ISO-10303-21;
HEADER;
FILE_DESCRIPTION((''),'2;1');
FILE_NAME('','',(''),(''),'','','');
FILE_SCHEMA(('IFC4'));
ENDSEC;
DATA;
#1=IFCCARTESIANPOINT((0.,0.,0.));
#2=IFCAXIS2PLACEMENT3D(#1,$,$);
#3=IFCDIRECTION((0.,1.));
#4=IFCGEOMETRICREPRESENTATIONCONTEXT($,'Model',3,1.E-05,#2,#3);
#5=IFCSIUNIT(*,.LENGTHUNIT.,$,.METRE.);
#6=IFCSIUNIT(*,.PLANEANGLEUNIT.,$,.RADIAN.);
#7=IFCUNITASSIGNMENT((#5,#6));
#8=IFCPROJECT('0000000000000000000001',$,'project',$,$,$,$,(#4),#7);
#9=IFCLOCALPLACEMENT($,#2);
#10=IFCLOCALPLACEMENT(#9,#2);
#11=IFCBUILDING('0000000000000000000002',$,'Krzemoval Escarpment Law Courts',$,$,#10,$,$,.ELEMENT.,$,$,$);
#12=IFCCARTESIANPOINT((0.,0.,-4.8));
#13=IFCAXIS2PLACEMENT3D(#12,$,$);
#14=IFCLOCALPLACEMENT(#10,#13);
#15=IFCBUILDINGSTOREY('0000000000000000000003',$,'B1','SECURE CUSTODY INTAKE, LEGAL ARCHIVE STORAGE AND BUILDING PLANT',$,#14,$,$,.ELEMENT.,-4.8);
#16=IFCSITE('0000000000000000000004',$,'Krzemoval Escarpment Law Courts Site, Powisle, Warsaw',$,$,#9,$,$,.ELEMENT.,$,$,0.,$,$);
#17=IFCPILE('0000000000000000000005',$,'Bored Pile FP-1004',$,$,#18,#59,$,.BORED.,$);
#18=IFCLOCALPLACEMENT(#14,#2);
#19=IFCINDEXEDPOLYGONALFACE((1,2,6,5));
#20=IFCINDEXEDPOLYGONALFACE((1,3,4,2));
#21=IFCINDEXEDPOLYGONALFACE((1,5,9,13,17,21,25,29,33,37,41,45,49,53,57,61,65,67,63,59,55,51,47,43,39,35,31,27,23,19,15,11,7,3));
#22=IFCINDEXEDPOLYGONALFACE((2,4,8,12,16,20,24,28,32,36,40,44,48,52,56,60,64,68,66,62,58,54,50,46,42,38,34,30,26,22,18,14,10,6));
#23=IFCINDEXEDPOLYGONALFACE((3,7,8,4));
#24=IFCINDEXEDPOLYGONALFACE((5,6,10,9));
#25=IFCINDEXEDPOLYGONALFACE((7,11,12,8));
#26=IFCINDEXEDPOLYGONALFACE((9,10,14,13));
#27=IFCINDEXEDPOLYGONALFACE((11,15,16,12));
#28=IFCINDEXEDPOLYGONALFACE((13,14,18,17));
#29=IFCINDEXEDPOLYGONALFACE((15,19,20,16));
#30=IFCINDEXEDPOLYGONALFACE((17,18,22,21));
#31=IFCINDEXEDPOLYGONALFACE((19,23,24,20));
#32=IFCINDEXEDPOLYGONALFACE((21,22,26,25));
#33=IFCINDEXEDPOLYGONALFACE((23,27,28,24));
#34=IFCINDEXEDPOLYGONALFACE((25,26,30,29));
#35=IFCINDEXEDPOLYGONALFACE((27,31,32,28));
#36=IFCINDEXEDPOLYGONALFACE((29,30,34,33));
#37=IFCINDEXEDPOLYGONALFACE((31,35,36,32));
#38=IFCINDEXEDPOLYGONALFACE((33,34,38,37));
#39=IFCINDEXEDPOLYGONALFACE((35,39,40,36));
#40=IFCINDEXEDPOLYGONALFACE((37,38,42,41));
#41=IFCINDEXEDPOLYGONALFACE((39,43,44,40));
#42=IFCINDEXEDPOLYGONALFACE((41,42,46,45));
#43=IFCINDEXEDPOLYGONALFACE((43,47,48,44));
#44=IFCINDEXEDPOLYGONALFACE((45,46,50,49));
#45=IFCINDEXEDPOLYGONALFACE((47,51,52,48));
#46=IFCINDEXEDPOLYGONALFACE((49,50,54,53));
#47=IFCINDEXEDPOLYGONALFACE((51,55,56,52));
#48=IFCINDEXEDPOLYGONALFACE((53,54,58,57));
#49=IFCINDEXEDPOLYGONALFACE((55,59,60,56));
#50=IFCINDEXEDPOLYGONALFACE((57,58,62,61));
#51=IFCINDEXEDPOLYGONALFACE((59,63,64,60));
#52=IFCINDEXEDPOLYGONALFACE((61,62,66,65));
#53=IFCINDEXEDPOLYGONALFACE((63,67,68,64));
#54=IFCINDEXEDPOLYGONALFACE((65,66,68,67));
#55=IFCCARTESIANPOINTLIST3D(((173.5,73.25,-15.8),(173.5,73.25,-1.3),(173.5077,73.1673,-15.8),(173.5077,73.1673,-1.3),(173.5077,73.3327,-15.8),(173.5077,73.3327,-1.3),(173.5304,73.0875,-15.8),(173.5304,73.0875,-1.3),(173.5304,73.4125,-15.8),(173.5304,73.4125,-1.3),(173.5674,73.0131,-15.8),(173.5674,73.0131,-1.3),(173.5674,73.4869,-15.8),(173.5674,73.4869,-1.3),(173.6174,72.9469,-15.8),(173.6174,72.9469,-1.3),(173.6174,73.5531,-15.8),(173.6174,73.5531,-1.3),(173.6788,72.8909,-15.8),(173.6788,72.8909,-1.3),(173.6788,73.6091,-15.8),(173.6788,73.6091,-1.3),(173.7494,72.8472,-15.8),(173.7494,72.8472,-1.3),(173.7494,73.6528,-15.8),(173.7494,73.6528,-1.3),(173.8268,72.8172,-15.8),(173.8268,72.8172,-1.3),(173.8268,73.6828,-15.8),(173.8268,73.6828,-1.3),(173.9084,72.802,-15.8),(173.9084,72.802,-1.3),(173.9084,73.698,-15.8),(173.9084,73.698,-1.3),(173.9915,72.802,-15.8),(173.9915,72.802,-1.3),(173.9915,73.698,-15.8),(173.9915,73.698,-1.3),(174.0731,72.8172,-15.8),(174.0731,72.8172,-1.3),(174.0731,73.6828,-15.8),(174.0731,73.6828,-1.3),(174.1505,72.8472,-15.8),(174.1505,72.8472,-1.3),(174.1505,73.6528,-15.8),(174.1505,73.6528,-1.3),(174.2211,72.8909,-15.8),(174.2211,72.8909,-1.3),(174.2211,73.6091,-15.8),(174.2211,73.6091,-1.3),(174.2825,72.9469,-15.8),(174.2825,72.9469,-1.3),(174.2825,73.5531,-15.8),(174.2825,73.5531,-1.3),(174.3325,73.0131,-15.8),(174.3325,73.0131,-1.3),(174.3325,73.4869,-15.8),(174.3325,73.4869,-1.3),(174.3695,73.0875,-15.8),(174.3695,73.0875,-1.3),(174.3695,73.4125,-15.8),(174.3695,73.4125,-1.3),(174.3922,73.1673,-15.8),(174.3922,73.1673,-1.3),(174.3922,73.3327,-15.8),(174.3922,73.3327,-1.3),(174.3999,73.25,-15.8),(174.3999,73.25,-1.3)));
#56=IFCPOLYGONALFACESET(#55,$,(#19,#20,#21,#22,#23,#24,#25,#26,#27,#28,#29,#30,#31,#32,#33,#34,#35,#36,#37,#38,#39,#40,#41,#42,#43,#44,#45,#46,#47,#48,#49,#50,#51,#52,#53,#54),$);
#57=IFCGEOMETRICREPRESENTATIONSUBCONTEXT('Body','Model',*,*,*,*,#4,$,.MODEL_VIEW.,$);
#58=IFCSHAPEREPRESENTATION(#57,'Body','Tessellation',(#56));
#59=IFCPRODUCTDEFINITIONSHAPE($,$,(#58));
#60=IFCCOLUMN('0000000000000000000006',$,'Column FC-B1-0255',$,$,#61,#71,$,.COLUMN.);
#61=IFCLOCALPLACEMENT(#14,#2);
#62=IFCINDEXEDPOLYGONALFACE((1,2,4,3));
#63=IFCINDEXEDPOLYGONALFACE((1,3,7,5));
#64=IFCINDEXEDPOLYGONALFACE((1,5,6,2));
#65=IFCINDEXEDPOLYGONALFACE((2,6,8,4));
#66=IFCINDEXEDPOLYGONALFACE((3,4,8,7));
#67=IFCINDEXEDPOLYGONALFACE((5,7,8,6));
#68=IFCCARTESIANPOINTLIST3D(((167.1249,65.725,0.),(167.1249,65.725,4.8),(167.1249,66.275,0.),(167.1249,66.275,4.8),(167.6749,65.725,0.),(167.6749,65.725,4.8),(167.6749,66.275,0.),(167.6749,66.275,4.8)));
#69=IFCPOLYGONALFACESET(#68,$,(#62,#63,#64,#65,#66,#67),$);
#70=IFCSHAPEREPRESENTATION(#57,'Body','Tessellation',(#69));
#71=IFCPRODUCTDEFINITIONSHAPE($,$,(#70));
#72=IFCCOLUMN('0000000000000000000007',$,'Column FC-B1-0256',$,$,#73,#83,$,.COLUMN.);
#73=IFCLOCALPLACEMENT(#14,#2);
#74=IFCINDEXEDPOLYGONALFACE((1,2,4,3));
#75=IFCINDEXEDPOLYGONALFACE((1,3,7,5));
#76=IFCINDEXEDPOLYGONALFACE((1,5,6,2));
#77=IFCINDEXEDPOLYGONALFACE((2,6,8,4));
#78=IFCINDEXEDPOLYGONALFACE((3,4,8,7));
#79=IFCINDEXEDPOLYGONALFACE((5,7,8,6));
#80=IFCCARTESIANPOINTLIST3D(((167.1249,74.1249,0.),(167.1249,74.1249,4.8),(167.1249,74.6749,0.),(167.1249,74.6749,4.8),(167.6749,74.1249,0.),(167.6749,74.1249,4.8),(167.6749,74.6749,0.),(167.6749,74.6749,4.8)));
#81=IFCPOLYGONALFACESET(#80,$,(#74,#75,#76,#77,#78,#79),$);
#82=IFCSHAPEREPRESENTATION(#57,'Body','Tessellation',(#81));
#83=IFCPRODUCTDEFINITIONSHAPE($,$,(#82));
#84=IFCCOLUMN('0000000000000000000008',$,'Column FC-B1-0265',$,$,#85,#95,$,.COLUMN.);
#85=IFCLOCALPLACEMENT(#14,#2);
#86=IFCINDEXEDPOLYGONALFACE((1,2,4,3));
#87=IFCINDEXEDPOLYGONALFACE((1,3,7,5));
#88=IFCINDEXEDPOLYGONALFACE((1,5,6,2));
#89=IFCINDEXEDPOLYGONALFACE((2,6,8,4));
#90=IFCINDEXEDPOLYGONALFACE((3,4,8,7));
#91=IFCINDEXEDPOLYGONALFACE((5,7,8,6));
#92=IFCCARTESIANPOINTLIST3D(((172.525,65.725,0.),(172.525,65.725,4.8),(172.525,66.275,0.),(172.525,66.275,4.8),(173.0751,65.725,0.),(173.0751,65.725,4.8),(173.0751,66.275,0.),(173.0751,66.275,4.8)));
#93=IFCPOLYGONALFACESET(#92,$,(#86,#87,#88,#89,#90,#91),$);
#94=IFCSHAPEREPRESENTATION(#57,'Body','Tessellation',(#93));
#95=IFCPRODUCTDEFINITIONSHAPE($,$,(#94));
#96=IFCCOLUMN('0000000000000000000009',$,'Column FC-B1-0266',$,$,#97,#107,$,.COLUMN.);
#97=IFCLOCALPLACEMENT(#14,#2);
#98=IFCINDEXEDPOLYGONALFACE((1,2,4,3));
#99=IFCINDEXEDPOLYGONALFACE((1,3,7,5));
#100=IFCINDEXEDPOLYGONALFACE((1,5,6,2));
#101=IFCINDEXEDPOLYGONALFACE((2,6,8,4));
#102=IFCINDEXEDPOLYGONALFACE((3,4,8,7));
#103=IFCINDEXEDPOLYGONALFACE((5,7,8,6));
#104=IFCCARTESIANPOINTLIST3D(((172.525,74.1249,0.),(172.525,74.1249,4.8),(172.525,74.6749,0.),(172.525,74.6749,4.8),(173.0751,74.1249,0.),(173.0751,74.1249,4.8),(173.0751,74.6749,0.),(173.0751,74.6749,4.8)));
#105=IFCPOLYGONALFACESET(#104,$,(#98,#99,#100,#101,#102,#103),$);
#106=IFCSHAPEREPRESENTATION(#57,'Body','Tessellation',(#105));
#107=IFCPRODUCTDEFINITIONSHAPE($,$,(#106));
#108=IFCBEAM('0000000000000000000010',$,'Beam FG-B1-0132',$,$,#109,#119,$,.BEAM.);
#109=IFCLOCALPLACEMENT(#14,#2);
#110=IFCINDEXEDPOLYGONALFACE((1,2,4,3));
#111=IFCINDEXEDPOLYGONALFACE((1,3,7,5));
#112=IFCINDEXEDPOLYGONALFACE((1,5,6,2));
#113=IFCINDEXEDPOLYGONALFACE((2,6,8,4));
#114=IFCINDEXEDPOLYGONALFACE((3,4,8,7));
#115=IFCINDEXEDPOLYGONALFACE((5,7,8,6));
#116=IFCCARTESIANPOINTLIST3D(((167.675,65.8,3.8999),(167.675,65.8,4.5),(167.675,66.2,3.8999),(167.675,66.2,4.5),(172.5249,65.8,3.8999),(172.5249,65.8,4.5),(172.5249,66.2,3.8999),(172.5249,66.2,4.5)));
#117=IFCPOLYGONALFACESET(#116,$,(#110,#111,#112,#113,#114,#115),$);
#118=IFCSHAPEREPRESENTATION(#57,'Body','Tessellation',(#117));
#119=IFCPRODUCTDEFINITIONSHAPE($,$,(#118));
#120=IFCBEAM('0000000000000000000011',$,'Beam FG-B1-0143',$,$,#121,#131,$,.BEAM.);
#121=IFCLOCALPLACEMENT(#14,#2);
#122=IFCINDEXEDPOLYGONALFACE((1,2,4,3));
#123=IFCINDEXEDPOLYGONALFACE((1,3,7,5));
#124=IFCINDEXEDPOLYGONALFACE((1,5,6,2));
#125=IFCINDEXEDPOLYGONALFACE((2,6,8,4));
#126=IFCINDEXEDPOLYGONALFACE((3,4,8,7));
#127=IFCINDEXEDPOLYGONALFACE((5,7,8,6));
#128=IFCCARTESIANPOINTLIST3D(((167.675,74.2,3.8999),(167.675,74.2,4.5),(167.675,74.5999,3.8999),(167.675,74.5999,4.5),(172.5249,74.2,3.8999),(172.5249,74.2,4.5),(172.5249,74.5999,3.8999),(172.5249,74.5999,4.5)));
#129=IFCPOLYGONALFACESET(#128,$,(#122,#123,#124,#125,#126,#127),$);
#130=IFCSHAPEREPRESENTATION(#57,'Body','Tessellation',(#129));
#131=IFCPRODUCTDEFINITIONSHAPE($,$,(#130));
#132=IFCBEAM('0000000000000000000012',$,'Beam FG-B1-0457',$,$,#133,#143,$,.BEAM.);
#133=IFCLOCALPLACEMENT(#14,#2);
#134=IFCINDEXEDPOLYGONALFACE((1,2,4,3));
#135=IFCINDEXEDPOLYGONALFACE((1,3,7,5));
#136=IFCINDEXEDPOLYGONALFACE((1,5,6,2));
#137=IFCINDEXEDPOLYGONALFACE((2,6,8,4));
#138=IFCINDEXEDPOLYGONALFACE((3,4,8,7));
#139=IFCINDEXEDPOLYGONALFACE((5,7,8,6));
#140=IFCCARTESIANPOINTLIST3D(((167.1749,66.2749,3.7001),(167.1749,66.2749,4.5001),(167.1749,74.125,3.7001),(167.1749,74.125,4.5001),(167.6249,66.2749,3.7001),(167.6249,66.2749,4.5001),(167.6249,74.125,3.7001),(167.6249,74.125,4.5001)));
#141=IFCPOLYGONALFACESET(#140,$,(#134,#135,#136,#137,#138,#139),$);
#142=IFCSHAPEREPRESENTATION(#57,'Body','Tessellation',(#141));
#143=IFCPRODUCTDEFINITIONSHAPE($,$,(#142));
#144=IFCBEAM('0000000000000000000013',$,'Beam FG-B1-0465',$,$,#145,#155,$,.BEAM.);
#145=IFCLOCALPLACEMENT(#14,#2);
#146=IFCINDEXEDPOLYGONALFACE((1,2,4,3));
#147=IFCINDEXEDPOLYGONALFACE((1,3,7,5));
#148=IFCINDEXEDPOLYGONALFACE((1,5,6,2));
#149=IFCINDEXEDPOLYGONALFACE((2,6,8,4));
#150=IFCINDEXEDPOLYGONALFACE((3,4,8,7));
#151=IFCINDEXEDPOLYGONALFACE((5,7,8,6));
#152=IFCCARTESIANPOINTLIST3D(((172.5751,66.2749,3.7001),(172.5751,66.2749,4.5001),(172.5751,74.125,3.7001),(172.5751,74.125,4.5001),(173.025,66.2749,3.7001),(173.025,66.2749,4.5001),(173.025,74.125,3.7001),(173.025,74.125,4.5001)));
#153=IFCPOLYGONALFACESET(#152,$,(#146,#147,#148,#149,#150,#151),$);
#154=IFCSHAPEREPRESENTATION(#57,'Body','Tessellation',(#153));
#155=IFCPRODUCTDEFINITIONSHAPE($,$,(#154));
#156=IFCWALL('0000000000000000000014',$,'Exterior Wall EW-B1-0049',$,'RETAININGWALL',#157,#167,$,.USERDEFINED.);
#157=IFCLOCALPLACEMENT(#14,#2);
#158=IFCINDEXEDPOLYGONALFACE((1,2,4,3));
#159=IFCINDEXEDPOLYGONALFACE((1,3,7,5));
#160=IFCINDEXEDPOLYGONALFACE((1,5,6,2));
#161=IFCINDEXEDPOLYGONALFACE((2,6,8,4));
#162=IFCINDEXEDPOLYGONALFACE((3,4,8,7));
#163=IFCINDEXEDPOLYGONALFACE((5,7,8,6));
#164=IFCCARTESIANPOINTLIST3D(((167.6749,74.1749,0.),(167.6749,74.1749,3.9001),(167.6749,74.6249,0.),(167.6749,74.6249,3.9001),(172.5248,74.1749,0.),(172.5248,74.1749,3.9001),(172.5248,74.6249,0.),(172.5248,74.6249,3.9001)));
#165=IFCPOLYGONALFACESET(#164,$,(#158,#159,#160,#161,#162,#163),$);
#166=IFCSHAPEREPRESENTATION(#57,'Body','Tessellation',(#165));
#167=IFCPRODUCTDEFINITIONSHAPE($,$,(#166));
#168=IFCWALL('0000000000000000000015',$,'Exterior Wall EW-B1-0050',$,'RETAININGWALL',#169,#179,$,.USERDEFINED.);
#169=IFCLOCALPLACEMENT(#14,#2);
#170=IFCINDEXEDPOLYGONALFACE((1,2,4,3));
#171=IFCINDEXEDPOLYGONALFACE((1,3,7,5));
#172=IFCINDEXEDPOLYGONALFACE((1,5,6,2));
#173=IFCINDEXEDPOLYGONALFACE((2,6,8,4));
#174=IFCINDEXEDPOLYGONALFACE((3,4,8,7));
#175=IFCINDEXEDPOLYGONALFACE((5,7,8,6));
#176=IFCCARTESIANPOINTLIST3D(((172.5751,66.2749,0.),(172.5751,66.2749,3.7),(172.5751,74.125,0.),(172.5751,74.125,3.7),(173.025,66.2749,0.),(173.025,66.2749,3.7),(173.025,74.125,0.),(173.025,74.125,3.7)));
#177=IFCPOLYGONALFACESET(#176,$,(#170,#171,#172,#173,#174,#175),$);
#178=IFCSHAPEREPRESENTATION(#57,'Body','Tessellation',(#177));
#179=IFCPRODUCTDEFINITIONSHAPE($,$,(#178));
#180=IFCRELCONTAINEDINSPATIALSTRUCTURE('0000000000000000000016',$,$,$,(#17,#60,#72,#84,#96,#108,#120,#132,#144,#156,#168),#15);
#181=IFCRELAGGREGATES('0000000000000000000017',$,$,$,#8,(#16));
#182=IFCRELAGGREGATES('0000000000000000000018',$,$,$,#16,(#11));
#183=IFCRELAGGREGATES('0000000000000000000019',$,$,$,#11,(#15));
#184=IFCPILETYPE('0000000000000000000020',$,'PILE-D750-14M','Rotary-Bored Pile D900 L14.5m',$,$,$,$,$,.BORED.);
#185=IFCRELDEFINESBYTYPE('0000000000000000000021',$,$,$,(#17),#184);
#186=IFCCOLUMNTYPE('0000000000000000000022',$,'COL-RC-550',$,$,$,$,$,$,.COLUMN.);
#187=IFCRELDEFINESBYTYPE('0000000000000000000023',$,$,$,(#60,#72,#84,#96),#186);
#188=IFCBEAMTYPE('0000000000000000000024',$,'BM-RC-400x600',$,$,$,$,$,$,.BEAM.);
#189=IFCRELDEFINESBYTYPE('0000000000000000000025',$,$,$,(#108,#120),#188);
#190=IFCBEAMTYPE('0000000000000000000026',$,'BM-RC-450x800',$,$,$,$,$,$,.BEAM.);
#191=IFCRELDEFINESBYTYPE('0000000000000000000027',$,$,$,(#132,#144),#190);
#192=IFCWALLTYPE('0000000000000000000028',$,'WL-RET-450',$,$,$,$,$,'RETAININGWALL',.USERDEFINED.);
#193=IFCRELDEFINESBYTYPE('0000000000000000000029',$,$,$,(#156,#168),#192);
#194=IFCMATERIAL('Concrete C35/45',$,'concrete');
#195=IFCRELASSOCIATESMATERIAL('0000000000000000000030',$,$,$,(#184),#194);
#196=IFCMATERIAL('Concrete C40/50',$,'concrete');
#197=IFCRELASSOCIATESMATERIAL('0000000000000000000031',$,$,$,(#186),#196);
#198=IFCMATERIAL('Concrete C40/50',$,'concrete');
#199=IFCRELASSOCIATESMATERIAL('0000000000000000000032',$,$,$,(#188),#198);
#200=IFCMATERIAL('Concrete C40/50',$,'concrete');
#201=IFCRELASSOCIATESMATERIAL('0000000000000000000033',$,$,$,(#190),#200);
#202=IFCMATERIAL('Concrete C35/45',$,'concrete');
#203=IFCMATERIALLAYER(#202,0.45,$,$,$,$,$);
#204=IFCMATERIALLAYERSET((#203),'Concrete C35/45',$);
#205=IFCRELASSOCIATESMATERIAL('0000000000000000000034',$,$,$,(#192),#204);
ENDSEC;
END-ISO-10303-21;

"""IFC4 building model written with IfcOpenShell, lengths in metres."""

from ifc_helpers import new_model, si_unit, direction, frame, frame_2d, origin, origin_2d, place, context, subcontext, project, spatial, rectangle, circle, extrude, material, layer, layer_set, material_profile, profile_set, type_object, element, save


model = new_model("IFC4")

# Units and contexts
model_context = context("Model", 3, precision=1e-05, world=origin(), true_north=direction((0.0, 1.0)))
body_context = subcontext(model_context, "Body", "Model", "MODEL_VIEW")
ifc_project = project(units=[si_unit("LENGTHUNIT", "METRE"), si_unit("PLANEANGLEUNIT", "RADIAN")], contexts=[model_context])

# Site, building, storey
site_placement = place(None, origin())
site = spatial("IfcSite", under=ifc_project, at=site_placement, Name="Krzemoval Escarpment Law Courts Site, Powisle, Warsaw", CompositionType="ELEMENT", RefElevation=0.0)
building_placement = place(site_placement, origin())
building = spatial("IfcBuilding", under=site, at=building_placement, Name="Krzemoval Escarpment Law Courts", CompositionType="ELEMENT")
storey_placement = place(building_placement, frame((0.0, 0.0, -4.8)))
storey = spatial("IfcBuildingStorey", under=building, at=storey_placement, Name="B1", Description="SECURE CUSTODY INTAKE, LEGAL ARCHIVE STORAGE AND BUILDING PLANT", CompositionType="ELEMENT", Elevation=-4.8)

# Pile
ifc_material_1 = material(Name="Concrete C35/45", Category="concrete")
ifc_material_profile_1 = material_profile(ifc_material_1, circle(Radius=0.45, at=origin_2d()), Name="PILE D900")
ifc_profile_set_1 = profile_set([ifc_material_profile_1], Name="Concrete C35/45")
pile_type = type_object("IfcPileType", Name="PILE-D750-14M", Description="Rotary-Bored Pile D900 L14.5m", PredefinedType="BORED", material=ifc_profile_set_1)
for number, where, z_axis, x_axis, name in (
    (1, (173.95, 73.25, -1.3), (0.0, 0.0, -1.0), (1.0, 0.0, 0.0), "Bored Pile FP-1004"),
):
    element("IfcPile", number, at=place(storey_placement, frame(where, z_axis=z_axis, x_axis=x_axis)), inside=storey, type_object=pile_type, Name=name, PredefinedType="BORED", context=body_context, shape_type="SweptSolid", body=[
        extrude(circle(Radius=0.45, at=origin_2d()), origin(), (0.0, 0.0, 1.0), 14.5),
    ])

# Columns
ifc_material_2 = material(Name="Concrete C40/50", Category="concrete")
ifc_material_profile_2 = material_profile(ifc_material_2, rectangle(XDim=0.55, YDim=0.55, at=origin_2d()), Name="RC 550x550")
ifc_profile_set_2 = profile_set([ifc_material_profile_2], Name="Concrete C40/50")
column_type = type_object("IfcColumnType", Name="COL-RC-550", PredefinedType="COLUMN", material=ifc_profile_set_2)
for number, where, z_axis, x_axis, name in (
    (2, (167.3999, 66.0, 0.0), (0.0, 0.0, 1.0), (1.0, 0.0, 0.0), "Column FC-B1-0255"),
    (3, (167.3999, 74.3999, 0.0), (0.0, 0.0, 1.0), (1.0, 0.0, 0.0), "Column FC-B1-0256"),
    (4, (172.8, 66.0, 0.0), (0.0, 0.0, 1.0), (1.0, 0.0, 0.0), "Column FC-B1-0265"),
    (5, (172.8, 74.3999, 0.0), (0.0, 0.0, 1.0), (1.0, 0.0, 0.0), "Column FC-B1-0266"),
):
    element("IfcColumn", number, at=place(storey_placement, frame(where, z_axis=z_axis, x_axis=x_axis)), inside=storey, type_object=column_type, Name=name, PredefinedType="COLUMN", context=body_context, shape_type="SweptSolid", body=[
        extrude(rectangle(XDim=0.55, YDim=0.55, at=origin_2d()), origin(), (0.0, 0.0, 1.0), 4.8),
    ])

# Beams
ifc_material_3 = material(Name="Concrete C40/50", Category="concrete")
ifc_material_profile_3 = material_profile(ifc_material_3, rectangle(XDim=0.3999, YDim=0.6001, at=origin_2d()), Name="RCB 400x600")
ifc_profile_set_3 = profile_set([ifc_material_profile_3], Name="Concrete C40/50")
beam_type_1 = type_object("IfcBeamType", Name="BM-RC-400x600", PredefinedType="BEAM", material=ifc_profile_set_3)
for number, where, z_axis, x_axis, name in (
    (6, (167.675, 66.0, 4.2), (1.0, 0.0, 0.0), (0.0, 1.0, 0.0), "Beam FG-B1-0132"),
    (7, (167.675, 74.3999, 4.2), (1.0, 0.0, 0.0), (0.0, 1.0, 0.0), "Beam FG-B1-0143"),
):
    element("IfcBeam", number, at=place(storey_placement, frame(where, z_axis=z_axis, x_axis=x_axis)), inside=storey, type_object=beam_type_1, Name=name, PredefinedType="BEAM", context=body_context, shape_type="SweptSolid", body=[
        extrude(rectangle(XDim=0.3999, YDim=0.6001, at=origin_2d()), origin(), (0.0, 0.0, 1.0), 4.8499),
    ])
ifc_material_4 = material(Name="Concrete C40/50", Category="concrete")
ifc_material_profile_4 = material_profile(ifc_material_4, rectangle(XDim=0.45, YDim=0.8, at=origin_2d()), Name="RCB 450x800")
ifc_profile_set_4 = profile_set([ifc_material_profile_4], Name="Concrete C40/50")
beam_type_2 = type_object("IfcBeamType", Name="BM-RC-450x800", PredefinedType="BEAM", material=ifc_profile_set_4)
for number, where, z_axis, x_axis, name in (
    (8, (167.3999, 66.2749, 4.1001), (0.0, 1.0, 0.0), (-1.0, 0.0, 0.0), "Beam FG-B1-0457"),
    (9, (172.8, 66.2749, 4.1001), (0.0, 1.0, 0.0), (-1.0, 0.0, 0.0), "Beam FG-B1-0465"),
):
    element("IfcBeam", number, at=place(storey_placement, frame(where, z_axis=z_axis, x_axis=x_axis)), inside=storey, type_object=beam_type_2, Name=name, PredefinedType="BEAM", context=body_context, shape_type="SweptSolid", body=[
        extrude(rectangle(XDim=0.45, YDim=0.8, at=origin_2d()), origin(), (0.0, 0.0, 1.0), 7.8501),
    ])

# Walls
ifc_material_5 = material(Name="Concrete C35/45", Category="concrete")
ifc_layer = layer(ifc_material_5, 0.45)
ifc_layer_set = layer_set([ifc_layer], Name="Concrete C35/45")
wall_type = type_object("IfcWallType", Name="WL-RET-450", ElementType="RETAININGWALL", PredefinedType="USERDEFINED", material=ifc_layer_set)
wall_1_placement = place(storey_placement, frame((167.675, 74.3999, 0.0), z_axis=(0.0, 0.0, 1.0), x_axis=(1.0, 0.0, 0.0)))
element("IfcWall", 10, at=wall_1_placement, inside=storey, type_object=wall_type, Name="Exterior Wall EW-B1-0049", ObjectType="RETAININGWALL", PredefinedType="USERDEFINED", context=body_context, shape_type="SweptSolid", body=[
    extrude(rectangle(XDim=4.8499, YDim=0.45, at=frame_2d((2.4248, 0.0))), origin(), (0.0, 0.0, 1.0), 3.9001),
])
wall_2_placement = place(storey_placement, frame((172.8, 74.125, 0.0), z_axis=(0.0, 0.0, 1.0), x_axis=(0.0, -1.0, 0.0)))
element("IfcWall", 11, at=wall_2_placement, inside=storey, type_object=wall_type, Name="Exterior Wall EW-B1-0050", ObjectType="RETAININGWALL", PredefinedType="USERDEFINED", context=body_context, shape_type="SweptSolid", body=[
    extrude(rectangle(XDim=7.8501, YDim=0.45, at=frame_2d((3.925, 0.0))), origin(), (0.0, 0.0, 1.0), 3.7),
])

save(model, "model.ifc")
